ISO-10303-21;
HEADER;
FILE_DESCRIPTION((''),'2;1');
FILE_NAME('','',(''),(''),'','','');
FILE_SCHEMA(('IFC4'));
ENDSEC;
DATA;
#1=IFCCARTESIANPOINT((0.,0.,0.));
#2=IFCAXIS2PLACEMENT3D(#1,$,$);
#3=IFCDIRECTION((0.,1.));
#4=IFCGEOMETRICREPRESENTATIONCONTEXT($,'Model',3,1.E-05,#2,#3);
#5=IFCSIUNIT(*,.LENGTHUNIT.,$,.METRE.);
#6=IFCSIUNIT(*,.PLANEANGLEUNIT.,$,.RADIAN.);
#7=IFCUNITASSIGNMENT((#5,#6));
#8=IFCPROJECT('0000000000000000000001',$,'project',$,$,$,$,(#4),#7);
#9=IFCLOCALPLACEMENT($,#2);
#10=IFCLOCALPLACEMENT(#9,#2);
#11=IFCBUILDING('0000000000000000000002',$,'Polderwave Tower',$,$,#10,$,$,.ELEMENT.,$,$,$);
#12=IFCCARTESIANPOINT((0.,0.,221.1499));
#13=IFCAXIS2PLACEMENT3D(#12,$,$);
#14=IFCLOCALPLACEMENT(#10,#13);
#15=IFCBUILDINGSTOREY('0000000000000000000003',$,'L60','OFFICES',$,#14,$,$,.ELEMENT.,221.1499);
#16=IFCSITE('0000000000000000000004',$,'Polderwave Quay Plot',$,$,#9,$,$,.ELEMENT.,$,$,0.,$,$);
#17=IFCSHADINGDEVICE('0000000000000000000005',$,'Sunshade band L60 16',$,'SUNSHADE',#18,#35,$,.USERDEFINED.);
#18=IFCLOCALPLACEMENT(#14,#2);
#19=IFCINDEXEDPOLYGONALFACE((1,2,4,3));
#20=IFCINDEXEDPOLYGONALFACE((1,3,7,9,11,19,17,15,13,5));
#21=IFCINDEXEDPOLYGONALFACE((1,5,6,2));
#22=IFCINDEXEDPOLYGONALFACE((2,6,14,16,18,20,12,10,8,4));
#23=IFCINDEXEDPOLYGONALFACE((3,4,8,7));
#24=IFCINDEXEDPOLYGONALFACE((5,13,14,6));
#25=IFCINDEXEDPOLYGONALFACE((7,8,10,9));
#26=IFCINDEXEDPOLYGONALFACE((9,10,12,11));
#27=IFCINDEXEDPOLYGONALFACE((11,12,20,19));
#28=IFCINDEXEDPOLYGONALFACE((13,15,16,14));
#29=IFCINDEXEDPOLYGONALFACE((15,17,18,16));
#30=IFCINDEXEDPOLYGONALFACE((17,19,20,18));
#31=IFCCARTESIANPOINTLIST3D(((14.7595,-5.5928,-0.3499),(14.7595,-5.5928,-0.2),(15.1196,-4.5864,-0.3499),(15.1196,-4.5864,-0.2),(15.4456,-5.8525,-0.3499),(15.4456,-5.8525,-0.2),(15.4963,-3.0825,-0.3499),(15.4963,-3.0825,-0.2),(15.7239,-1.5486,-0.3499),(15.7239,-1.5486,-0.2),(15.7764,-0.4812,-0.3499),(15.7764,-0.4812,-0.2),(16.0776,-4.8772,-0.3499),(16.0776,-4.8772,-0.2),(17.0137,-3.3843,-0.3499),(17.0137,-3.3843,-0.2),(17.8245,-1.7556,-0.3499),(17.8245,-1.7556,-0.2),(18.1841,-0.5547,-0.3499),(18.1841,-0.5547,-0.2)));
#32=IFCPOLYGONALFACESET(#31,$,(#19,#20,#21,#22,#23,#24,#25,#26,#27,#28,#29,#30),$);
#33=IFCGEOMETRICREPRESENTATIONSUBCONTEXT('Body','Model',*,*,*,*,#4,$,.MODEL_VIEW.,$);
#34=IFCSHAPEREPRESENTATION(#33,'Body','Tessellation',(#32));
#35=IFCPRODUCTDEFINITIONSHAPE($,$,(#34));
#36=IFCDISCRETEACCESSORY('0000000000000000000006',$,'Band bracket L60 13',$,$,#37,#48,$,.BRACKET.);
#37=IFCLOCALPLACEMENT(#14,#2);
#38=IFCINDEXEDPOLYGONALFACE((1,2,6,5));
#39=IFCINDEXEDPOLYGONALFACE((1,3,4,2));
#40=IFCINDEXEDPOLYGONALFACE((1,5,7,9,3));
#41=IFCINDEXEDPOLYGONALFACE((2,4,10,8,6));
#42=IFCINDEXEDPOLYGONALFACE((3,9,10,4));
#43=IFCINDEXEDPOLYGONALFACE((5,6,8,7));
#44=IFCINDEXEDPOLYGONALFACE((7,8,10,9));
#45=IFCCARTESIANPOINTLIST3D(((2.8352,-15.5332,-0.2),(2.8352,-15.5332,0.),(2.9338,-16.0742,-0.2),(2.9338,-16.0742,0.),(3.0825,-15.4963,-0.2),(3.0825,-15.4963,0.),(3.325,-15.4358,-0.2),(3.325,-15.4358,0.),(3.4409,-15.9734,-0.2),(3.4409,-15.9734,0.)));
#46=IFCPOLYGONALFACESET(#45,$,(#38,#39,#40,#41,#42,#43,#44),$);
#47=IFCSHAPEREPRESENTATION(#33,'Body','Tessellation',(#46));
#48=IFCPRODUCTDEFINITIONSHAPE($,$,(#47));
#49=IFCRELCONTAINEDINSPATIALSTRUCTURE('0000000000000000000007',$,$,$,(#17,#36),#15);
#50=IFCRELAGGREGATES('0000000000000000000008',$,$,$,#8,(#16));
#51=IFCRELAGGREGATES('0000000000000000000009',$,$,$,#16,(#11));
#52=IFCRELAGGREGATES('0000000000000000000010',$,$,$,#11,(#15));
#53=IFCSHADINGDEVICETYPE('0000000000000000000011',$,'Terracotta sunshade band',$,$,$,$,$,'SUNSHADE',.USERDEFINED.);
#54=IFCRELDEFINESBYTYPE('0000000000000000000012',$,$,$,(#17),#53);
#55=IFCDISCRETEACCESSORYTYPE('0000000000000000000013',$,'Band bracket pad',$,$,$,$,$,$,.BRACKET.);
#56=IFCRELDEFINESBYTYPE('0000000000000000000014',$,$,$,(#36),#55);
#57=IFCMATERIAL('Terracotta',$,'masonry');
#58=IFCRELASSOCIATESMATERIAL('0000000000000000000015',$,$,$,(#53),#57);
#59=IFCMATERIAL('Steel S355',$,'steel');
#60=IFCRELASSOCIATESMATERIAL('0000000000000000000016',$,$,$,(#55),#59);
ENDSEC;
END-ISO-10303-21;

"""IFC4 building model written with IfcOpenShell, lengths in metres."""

from ifc_helpers import new_model, si_unit, direction, frame, origin, place, context, subcontext, project, spatial, polyline, outline, extrude, material, type_object, element, save


model = new_model("IFC4")

# Units and contexts
model_context = context("Model", 3, precision=1e-05, world=origin(), true_north=direction((0.0, 1.0)))
body_context = subcontext(model_context, "Body", "Model", "MODEL_VIEW")
ifc_project = project(units=[si_unit("LENGTHUNIT", "METRE"), si_unit("PLANEANGLEUNIT", "RADIAN")], contexts=[model_context])

# Site, building, storey
site_placement = place(None, origin())
site = spatial("IfcSite", under=ifc_project, at=site_placement, Name="Polderwave Quay Plot", CompositionType="ELEMENT", RefElevation=0.0)
building_placement = place(site_placement, origin())
building = spatial("IfcBuilding", under=site, at=building_placement, Name="Polderwave Tower", CompositionType="ELEMENT")
storey_placement = place(building_placement, frame((0.0, 0.0, 221.1499)))
storey = spatial("IfcBuildingStorey", under=building, at=storey_placement, Name="L60", Description="OFFICES", CompositionType="ELEMENT", Elevation=221.1499)

# Shared definitions
ifc_material_1 = material(Name="Steel S355", Category="steel")

# Shading device
ifc_material_2 = material(Name="Terracotta", Category="masonry")
shading_device_type = type_object("IfcShadingDeviceType", Name="Terracotta sunshade band", ElementType="SUNSHADE", PredefinedType="USERDEFINED", material=ifc_material_2)
shading_device_1_placement = place(storey_placement, frame((0.0, 0.0, -0.3499)))
element("IfcShadingDevice", 1, at=shading_device_1_placement, inside=storey, type_object=shading_device_type, Name="Sunshade band L60 16", ObjectType="SUNSHADE", PredefinedType="USERDEFINED", context=body_context, shape_type="SweptSolid", body=[
    extrude(outline(polyline([(14.7595, -5.5928), (15.1196, -4.5864), (15.4963, -3.0825), (15.7239, -1.5486), (15.7764, -0.4812), (18.1841, -0.5547), (17.8245, -1.7556), (17.0137, -3.3843), (16.0776, -4.8772), (15.4456, -5.8525), (14.7595, -5.5928)])), origin(), (0.0, 0.0, 1.0), 0.1499),
])

# Discrete accessory
discrete_accessory_type = type_object("IfcDiscreteAccessoryType", Name="Band bracket pad", PredefinedType="BRACKET", material=ifc_material_1)
discrete_accessory_placement = place(storey_placement, frame((0.0, 0.0, -0.2)))
element("IfcDiscreteAccessory", 2, at=discrete_accessory_placement, inside=storey, type_object=discrete_accessory_type, Name="Band bracket L60 13", PredefinedType="BRACKET", context=body_context, shape_type="SweptSolid", body=[
    extrude(outline(polyline([(2.8352, -15.5332), (3.0825, -15.4963), (3.325, -15.4358), (3.4409, -15.9734), (2.9338, -16.0742), (2.8352, -15.5332)])), origin(), (0.0, 0.0, 1.0), 0.2),
])

save(model, "model.ifc")
